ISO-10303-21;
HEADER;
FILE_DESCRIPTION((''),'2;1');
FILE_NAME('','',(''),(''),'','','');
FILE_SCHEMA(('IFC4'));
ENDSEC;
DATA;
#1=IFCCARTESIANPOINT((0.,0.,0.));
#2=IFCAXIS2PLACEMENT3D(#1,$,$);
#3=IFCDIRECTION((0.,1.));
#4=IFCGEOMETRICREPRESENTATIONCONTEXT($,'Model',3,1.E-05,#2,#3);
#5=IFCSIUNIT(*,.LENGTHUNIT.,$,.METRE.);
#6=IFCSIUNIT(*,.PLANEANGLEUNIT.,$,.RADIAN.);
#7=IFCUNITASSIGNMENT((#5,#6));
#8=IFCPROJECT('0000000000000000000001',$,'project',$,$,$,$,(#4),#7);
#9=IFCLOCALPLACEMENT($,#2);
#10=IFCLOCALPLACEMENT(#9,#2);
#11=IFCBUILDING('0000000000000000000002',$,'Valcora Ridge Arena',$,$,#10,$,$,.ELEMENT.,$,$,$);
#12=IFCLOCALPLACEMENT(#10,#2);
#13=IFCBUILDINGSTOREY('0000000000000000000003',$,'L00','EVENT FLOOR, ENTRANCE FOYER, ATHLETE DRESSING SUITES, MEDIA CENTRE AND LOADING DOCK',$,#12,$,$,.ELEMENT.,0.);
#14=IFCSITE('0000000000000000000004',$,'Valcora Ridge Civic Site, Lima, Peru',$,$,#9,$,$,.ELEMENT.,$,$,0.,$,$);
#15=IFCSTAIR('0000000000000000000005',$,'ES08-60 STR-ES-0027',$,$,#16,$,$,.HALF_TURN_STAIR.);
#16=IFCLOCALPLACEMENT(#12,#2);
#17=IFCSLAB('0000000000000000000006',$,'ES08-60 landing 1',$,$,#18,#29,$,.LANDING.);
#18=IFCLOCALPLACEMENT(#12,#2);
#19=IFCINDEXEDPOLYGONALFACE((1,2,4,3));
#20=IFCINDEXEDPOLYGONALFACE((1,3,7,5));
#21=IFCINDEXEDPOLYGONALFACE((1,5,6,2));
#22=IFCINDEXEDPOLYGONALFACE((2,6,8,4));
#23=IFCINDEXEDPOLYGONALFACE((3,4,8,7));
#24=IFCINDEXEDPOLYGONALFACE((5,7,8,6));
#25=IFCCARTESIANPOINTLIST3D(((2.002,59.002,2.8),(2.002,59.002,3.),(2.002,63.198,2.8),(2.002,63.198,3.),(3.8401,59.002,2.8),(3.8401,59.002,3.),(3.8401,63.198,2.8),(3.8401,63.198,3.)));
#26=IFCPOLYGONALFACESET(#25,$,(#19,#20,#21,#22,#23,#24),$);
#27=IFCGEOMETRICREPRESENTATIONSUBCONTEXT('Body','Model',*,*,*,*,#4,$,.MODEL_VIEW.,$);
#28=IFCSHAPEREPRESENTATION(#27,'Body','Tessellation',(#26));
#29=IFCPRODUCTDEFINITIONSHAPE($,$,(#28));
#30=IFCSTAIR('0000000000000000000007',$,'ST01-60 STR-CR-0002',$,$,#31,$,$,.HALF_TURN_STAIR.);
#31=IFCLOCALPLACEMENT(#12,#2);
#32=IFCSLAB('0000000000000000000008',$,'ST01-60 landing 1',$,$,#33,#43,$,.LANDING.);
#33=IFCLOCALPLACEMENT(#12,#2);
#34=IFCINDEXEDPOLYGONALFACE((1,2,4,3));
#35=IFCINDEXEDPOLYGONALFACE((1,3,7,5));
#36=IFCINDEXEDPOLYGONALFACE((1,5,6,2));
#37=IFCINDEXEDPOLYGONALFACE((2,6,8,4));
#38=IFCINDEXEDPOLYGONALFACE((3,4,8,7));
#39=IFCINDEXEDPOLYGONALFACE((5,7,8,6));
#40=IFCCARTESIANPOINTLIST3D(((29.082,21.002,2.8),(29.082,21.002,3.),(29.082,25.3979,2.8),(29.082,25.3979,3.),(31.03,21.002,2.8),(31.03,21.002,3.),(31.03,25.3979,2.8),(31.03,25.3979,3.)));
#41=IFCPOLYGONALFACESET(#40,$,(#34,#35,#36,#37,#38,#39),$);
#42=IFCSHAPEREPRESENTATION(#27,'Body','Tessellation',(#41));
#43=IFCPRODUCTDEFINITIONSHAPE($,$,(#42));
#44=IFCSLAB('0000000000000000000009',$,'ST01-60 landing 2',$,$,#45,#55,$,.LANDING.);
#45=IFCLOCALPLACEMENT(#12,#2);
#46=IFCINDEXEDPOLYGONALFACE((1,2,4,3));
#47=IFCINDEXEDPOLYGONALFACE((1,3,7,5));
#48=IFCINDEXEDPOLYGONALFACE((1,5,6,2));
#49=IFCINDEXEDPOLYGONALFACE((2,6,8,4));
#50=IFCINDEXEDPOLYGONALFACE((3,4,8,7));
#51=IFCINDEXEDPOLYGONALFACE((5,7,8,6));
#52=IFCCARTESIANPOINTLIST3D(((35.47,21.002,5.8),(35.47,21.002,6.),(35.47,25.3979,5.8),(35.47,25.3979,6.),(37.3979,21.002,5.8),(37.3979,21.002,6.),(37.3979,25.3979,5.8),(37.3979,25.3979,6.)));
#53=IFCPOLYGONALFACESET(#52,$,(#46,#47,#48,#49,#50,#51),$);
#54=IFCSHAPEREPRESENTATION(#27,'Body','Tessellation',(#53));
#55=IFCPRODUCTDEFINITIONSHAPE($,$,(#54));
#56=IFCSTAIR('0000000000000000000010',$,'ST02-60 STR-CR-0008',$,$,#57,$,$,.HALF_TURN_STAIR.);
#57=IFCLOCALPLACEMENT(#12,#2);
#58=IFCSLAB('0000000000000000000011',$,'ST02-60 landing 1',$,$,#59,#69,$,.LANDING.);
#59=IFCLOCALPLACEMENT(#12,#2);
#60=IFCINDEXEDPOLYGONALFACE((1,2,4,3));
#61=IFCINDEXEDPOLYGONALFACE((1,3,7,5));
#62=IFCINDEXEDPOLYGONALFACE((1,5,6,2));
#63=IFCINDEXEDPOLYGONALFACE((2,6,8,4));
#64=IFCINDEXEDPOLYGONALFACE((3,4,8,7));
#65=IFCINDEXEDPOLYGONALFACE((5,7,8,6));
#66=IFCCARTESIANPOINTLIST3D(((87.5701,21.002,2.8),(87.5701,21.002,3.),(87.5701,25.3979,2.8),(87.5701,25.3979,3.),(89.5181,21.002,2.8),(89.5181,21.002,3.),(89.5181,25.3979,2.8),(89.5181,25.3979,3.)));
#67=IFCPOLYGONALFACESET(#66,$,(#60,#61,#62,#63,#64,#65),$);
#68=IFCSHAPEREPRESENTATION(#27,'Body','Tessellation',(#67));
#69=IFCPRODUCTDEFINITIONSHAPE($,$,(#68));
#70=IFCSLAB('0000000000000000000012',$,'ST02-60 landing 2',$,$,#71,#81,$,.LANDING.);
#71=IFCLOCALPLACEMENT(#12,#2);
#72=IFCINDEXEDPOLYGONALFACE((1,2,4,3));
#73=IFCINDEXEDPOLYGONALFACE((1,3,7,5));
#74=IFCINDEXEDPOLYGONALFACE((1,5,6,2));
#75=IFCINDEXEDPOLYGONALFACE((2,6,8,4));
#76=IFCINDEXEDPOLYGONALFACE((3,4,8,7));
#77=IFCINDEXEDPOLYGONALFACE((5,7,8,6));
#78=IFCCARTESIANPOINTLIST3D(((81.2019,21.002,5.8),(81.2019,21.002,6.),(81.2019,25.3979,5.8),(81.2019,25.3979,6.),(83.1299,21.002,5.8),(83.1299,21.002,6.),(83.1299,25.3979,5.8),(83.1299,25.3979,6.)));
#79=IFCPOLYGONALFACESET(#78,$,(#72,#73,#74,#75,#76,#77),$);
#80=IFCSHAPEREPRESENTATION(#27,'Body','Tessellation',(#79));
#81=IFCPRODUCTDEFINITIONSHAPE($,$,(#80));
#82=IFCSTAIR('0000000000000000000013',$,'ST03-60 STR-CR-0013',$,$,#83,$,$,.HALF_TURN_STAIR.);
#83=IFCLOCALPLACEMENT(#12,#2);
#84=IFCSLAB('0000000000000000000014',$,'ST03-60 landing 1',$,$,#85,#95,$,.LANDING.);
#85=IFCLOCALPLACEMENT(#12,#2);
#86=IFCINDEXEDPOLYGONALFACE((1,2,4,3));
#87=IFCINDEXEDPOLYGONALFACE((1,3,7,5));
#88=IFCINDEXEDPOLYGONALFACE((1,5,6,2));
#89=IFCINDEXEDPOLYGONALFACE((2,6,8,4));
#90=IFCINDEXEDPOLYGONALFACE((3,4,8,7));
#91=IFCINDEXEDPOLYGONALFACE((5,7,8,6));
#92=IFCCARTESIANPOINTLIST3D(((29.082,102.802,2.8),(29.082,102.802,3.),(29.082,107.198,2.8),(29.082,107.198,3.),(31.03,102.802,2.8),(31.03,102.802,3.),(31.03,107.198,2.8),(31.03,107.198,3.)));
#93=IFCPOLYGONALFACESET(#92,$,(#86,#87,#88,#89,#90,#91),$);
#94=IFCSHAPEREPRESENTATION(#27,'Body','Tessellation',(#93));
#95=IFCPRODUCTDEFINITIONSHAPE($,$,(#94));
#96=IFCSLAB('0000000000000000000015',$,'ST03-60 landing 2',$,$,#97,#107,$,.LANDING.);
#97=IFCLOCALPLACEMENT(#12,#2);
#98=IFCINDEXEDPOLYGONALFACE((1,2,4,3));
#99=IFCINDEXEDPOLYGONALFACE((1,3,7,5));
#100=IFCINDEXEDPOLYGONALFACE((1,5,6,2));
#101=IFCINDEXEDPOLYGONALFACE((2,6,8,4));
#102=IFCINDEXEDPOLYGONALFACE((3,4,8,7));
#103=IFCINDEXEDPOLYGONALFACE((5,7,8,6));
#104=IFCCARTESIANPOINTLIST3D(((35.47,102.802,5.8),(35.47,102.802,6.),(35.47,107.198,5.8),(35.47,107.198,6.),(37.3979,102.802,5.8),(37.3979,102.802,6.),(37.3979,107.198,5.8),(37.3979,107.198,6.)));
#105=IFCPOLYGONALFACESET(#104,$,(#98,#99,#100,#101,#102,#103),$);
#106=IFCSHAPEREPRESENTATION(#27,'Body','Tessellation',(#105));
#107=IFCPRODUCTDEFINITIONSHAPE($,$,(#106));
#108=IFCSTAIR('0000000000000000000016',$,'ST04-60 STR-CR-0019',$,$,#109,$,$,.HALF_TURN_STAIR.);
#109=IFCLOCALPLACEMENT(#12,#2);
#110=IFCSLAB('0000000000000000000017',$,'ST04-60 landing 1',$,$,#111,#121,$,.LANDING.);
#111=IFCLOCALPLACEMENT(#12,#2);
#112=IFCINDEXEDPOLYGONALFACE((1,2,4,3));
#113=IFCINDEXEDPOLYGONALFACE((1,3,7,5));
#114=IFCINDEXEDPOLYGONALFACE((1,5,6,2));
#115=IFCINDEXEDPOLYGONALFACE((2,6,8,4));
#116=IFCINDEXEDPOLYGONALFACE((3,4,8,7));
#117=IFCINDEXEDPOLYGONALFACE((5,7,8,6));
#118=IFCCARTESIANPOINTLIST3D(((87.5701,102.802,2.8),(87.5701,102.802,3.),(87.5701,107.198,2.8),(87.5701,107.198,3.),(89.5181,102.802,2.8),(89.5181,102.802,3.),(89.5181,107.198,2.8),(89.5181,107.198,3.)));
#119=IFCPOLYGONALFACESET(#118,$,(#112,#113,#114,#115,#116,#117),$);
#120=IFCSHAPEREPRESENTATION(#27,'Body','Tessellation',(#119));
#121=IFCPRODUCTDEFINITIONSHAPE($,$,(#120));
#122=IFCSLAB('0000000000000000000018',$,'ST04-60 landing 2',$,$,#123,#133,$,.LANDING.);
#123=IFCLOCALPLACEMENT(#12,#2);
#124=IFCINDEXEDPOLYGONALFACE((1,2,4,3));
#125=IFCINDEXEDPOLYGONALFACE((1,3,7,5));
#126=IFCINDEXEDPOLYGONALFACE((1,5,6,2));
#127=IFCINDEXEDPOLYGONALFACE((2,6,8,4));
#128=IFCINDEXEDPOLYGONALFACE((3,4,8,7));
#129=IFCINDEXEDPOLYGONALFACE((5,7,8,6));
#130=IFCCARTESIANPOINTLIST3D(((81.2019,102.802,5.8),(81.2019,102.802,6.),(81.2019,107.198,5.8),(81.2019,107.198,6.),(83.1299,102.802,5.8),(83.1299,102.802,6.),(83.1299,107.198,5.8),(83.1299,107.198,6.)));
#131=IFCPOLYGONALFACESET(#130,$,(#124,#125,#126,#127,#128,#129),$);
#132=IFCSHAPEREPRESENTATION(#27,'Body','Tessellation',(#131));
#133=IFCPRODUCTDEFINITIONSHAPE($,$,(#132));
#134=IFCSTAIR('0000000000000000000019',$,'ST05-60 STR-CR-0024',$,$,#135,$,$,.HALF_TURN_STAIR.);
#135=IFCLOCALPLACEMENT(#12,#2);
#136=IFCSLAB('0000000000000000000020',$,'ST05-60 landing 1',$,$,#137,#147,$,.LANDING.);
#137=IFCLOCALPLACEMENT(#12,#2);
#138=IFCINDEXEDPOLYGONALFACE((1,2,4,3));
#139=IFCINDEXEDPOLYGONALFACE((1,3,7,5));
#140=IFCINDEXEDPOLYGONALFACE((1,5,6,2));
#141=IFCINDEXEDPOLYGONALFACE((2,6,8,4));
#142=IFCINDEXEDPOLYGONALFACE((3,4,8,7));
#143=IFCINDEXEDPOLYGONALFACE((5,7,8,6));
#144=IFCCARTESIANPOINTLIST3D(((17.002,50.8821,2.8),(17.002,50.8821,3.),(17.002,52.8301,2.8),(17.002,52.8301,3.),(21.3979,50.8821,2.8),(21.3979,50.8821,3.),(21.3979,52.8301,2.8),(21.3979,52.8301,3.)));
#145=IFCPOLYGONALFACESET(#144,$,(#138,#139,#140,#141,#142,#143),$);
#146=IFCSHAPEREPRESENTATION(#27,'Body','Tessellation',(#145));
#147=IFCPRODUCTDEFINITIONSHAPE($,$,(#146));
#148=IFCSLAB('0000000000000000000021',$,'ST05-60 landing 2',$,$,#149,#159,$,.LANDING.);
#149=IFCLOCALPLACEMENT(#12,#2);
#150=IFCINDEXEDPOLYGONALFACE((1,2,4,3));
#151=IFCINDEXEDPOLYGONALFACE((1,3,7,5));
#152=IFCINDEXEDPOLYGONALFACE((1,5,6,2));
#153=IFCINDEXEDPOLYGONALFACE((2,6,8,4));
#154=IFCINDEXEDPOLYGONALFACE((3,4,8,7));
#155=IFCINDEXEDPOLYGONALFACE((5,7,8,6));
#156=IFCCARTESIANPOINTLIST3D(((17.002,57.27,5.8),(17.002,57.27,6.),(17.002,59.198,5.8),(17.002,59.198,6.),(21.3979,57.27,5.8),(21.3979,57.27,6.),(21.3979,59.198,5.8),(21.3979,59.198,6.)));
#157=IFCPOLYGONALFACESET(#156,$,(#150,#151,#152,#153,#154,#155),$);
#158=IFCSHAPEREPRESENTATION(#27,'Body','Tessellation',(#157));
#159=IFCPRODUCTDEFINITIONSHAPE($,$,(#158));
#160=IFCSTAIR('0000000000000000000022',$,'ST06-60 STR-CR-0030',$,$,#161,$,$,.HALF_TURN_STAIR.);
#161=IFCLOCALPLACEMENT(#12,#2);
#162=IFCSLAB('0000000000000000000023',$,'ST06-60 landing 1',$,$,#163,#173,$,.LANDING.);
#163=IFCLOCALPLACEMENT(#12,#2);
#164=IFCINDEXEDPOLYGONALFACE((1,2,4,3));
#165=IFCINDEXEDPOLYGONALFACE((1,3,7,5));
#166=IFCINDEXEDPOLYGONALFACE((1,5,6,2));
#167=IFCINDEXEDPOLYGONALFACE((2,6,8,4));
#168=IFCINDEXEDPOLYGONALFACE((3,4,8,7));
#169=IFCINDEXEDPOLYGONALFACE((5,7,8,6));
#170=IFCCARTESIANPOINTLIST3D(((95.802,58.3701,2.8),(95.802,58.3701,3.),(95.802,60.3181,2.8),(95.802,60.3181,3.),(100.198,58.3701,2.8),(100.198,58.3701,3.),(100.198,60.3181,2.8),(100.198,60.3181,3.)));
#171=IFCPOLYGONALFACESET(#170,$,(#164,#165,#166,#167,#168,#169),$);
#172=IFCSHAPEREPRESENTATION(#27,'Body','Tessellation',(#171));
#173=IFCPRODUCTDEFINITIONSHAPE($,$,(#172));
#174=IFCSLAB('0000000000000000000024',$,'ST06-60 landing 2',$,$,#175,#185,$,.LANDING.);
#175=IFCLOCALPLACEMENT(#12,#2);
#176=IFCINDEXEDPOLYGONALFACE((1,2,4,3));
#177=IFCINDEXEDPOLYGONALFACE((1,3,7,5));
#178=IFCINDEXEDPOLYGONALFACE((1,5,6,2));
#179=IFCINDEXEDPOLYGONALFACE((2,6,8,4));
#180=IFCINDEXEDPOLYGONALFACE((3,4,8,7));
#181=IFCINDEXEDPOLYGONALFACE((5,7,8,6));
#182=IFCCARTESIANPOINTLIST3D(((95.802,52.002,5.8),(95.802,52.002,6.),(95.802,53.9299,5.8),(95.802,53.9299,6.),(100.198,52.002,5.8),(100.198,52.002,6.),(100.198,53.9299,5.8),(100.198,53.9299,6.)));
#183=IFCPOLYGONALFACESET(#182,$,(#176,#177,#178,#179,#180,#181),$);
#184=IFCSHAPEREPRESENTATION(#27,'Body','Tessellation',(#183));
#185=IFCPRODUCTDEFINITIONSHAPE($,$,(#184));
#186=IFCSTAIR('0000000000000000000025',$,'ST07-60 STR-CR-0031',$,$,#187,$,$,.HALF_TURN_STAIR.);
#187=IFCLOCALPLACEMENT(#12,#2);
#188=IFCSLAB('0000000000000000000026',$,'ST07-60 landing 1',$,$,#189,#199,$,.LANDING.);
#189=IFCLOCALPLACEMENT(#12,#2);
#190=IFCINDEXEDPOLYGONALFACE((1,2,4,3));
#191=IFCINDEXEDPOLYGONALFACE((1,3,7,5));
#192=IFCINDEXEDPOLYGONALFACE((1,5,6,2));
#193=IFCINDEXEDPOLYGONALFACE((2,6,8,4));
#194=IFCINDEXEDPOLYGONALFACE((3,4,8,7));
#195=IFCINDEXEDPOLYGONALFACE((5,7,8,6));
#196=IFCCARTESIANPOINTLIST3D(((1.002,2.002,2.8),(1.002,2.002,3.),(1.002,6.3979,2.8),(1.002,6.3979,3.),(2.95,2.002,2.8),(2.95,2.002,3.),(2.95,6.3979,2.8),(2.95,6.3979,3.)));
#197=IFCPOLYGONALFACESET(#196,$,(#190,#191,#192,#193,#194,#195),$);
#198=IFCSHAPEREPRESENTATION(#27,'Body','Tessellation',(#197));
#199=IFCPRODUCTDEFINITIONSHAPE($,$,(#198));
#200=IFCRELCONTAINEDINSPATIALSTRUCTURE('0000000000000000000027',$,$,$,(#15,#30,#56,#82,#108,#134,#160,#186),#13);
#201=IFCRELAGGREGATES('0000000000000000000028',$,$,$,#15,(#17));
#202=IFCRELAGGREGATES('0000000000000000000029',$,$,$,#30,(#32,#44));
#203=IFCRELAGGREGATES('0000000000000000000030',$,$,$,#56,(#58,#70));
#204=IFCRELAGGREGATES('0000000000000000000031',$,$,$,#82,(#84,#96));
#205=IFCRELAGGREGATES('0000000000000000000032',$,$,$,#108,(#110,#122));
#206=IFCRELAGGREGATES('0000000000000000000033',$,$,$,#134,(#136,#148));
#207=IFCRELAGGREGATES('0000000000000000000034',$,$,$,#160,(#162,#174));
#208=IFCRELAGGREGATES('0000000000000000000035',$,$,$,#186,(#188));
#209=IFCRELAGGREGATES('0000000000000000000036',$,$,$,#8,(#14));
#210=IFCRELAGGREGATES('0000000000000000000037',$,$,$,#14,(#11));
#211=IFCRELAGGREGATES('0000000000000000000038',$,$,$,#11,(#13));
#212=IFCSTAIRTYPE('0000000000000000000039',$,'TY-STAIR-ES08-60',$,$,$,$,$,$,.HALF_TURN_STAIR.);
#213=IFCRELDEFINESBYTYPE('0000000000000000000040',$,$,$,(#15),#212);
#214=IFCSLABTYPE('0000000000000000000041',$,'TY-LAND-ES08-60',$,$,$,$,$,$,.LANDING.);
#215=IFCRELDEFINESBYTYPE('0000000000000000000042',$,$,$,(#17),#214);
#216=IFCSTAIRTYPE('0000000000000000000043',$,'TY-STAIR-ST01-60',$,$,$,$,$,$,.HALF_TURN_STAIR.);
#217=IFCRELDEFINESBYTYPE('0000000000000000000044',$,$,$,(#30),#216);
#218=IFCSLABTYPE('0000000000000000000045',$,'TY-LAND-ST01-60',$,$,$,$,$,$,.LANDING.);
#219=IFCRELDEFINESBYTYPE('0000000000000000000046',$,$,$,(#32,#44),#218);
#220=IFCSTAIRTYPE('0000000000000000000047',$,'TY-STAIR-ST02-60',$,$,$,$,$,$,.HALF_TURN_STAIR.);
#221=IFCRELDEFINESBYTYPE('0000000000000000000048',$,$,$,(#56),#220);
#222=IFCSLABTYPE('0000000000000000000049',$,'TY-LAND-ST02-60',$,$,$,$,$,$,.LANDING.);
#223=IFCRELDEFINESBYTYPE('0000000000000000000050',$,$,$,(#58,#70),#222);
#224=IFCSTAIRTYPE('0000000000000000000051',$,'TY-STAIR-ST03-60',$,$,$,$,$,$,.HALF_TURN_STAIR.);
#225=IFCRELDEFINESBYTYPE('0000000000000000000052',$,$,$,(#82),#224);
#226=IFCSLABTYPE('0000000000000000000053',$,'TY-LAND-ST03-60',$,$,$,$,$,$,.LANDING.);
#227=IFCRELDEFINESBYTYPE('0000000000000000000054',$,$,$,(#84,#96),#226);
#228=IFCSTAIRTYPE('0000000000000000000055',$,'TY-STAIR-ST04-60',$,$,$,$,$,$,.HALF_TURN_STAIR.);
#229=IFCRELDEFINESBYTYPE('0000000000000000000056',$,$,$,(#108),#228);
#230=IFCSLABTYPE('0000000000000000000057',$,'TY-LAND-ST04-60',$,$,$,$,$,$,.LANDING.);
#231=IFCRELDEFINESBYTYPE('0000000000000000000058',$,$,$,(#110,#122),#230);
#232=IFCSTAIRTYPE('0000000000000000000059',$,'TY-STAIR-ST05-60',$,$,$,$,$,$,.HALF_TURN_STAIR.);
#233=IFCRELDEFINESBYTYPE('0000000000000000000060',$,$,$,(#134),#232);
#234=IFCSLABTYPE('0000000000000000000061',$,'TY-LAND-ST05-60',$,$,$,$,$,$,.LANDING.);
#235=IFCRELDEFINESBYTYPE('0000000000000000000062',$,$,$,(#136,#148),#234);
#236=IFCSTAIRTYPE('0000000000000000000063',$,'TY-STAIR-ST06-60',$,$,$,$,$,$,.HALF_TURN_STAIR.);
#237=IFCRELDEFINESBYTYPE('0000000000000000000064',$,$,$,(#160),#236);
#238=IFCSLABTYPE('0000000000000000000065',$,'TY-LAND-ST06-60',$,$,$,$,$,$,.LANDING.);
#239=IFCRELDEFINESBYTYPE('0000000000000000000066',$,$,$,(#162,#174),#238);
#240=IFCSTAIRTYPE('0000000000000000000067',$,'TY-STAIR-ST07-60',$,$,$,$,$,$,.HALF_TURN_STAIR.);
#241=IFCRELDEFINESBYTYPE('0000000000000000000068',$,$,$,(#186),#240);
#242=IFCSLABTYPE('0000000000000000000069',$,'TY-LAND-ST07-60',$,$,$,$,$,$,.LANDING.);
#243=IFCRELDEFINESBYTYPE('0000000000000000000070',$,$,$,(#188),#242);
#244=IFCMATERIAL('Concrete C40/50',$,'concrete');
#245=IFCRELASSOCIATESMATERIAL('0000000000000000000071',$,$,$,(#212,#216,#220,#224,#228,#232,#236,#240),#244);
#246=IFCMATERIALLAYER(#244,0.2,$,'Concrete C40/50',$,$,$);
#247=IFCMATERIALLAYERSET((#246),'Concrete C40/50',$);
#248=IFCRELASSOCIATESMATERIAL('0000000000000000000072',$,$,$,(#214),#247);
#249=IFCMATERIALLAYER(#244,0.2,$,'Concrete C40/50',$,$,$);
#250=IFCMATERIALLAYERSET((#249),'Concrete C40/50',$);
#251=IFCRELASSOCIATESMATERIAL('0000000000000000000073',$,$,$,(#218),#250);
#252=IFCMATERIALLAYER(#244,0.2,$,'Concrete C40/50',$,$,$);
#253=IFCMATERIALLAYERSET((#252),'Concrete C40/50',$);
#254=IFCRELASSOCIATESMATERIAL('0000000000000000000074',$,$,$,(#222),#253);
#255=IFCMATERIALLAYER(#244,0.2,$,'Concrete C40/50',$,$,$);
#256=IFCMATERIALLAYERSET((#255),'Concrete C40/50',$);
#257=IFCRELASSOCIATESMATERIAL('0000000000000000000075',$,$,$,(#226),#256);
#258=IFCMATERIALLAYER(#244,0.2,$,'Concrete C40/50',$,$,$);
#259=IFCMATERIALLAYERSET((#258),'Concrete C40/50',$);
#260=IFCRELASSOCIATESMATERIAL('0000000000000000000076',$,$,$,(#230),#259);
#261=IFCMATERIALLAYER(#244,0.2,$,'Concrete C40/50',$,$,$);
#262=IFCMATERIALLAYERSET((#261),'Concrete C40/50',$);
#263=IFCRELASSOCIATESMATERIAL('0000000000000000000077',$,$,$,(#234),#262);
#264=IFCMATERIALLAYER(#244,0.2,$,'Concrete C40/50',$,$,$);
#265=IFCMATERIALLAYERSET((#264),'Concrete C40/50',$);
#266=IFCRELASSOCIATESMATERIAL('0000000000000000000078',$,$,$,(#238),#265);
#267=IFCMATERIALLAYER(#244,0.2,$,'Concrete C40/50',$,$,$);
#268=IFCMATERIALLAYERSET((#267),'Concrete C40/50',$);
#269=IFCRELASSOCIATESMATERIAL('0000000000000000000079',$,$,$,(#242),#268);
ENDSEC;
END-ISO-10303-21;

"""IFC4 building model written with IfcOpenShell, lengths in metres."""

from ifc_helpers import new_model, si_unit, direction, frame, origin, place, context, subcontext, project, spatial, polyline, outline, extrude, material, layer, layer_set, type_object, element, aggregate, save


model = new_model("IFC4")

# Units and contexts
model_context = context("Model", 3, precision=1e-05, world=origin(), true_north=direction((0.0, 1.0)))
body_context = subcontext(model_context, "Body", "Model", "MODEL_VIEW")
ifc_project = project(units=[si_unit("LENGTHUNIT", "METRE"), si_unit("PLANEANGLEUNIT", "RADIAN")], contexts=[model_context])

# Site, building, storey
site_placement = place(None, origin())
site = spatial("IfcSite", under=ifc_project, at=site_placement, Name="Valcora Ridge Civic Site, Lima, Peru", CompositionType="ELEMENT", RefElevation=0.0)
building_placement = place(site_placement, origin())
building = spatial("IfcBuilding", under=site, at=building_placement, Name="Valcora Ridge Arena", CompositionType="ELEMENT")
storey_placement = place(building_placement, origin())
storey = spatial("IfcBuildingStorey", under=building, at=storey_placement, Name="L00", Description="EVENT FLOOR, ENTRANCE FOYER, ATHLETE DRESSING SUITES, MEDIA CENTRE AND LOADING DOCK", CompositionType="ELEMENT", Elevation=0.0)

# Shared definitions
ifc_material = material(Name="Concrete C40/50", Category="concrete")

# Stair, slab
stair_type_1 = type_object("IfcStairType", Name="TY-STAIR-ES08-60", PredefinedType="HALF_TURN_STAIR", material=ifc_material)
stair_1_placement = place(storey_placement, origin())
stair_1 = element("IfcStair", 1, at=stair_1_placement, inside=storey, type_object=stair_type_1, Name="ES08-60 STR-ES-0027", PredefinedType="HALF_TURN_STAIR")
ifc_layer_1 = layer(ifc_material, 0.2, Name="Concrete C40/50")
ifc_layer_set_1 = layer_set([ifc_layer_1], Name="Concrete C40/50")
slab_type_1 = type_object("IfcSlabType", Name="TY-LAND-ES08-60", PredefinedType="LANDING", material=ifc_layer_set_1)
slab_1_placement = place(storey_placement, frame((0.0, 0.0, 2.8)))
slab_1 = element("IfcSlab", 2, at=slab_1_placement, type_object=slab_type_1, Name="ES08-60 landing 1", PredefinedType="LANDING", context=body_context, shape_type="SweptSolid", body=[
    extrude(outline(polyline([(2.002, 59.002), (3.8401, 59.002), (3.8401, 63.198), (2.002, 63.198), (2.002, 59.002)])), origin(), (0.0, 0.0, 1.0), 0.2),
])
aggregate(stair_1, [slab_1])

# Stairs, slabs
stair_type_2 = type_object("IfcStairType", Name="TY-STAIR-ST01-60", PredefinedType="HALF_TURN_STAIR", material=ifc_material)
stair_2_placement = place(storey_placement, origin())
stair_2 = element("IfcStair", 3, at=stair_2_placement, inside=storey, type_object=stair_type_2, Name="ST01-60 STR-CR-0002", PredefinedType="HALF_TURN_STAIR")
ifc_layer_2 = layer(ifc_material, 0.2, Name="Concrete C40/50")
ifc_layer_set_2 = layer_set([ifc_layer_2], Name="Concrete C40/50")
slab_type_2 = type_object("IfcSlabType", Name="TY-LAND-ST01-60", PredefinedType="LANDING", material=ifc_layer_set_2)
slab_2_placement = place(storey_placement, frame((0.0, 0.0, 2.8)))
slab_2 = element("IfcSlab", 4, at=slab_2_placement, type_object=slab_type_2, Name="ST01-60 landing 1", PredefinedType="LANDING", context=body_context, shape_type="SweptSolid", body=[
    extrude(outline(polyline([(29.082, 21.002), (31.03, 21.002), (31.03, 25.3979), (29.082, 25.3979), (29.082, 21.002)])), origin(), (0.0, 0.0, 1.0), 0.2),
])
slab_3_placement = place(storey_placement, frame((0.0, 0.0, 5.8)))
slab_3 = element("IfcSlab", 5, at=slab_3_placement, type_object=slab_type_2, Name="ST01-60 landing 2", PredefinedType="LANDING", context=body_context, shape_type="SweptSolid", body=[
    extrude(outline(polyline([(35.47, 21.002), (37.3979, 21.002), (37.3979, 25.3979), (35.47, 25.3979), (35.47, 21.002)])), origin(), (0.0, 0.0, 1.0), 0.2),
])
aggregate(stair_2, [slab_2, slab_3])
stair_type_3 = type_object("IfcStairType", Name="TY-STAIR-ST02-60", PredefinedType="HALF_TURN_STAIR", material=ifc_material)
stair_3_placement = place(storey_placement, origin())
stair_3 = element("IfcStair", 6, at=stair_3_placement, inside=storey, type_object=stair_type_3, Name="ST02-60 STR-CR-0008", PredefinedType="HALF_TURN_STAIR")
ifc_layer_3 = layer(ifc_material, 0.2, Name="Concrete C40/50")
ifc_layer_set_3 = layer_set([ifc_layer_3], Name="Concrete C40/50")
slab_type_3 = type_object("IfcSlabType", Name="TY-LAND-ST02-60", PredefinedType="LANDING", material=ifc_layer_set_3)
slab_4_placement = place(storey_placement, frame((0.0, 0.0, 2.8)))
slab_4 = element("IfcSlab", 7, at=slab_4_placement, type_object=slab_type_3, Name="ST02-60 landing 1", PredefinedType="LANDING", context=body_context, shape_type="SweptSolid", body=[
    extrude(outline(polyline([(87.5701, 21.002), (89.5181, 21.002), (89.5181, 25.3979), (87.5701, 25.3979), (87.5701, 21.002)])), origin(), (0.0, 0.0, 1.0), 0.2),
])
slab_5_placement = place(storey_placement, frame((0.0, 0.0, 5.8)))
slab_5 = element("IfcSlab", 8, at=slab_5_placement, type_object=slab_type_3, Name="ST02-60 landing 2", PredefinedType="LANDING", context=body_context, shape_type="SweptSolid", body=[
    extrude(outline(polyline([(81.2019, 21.002), (83.1299, 21.002), (83.1299, 25.3979), (81.2019, 25.3979), (81.2019, 21.002)])), origin(), (0.0, 0.0, 1.0), 0.2),
])
aggregate(stair_3, [slab_4, slab_5])
stair_type_4 = type_object("IfcStairType", Name="TY-STAIR-ST03-60", PredefinedType="HALF_TURN_STAIR", material=ifc_material)
stair_4_placement = place(storey_placement, origin())
stair_4 = element("IfcStair", 9, at=stair_4_placement, inside=storey, type_object=stair_type_4, Name="ST03-60 STR-CR-0013", PredefinedType="HALF_TURN_STAIR")
ifc_layer_4 = layer(ifc_material, 0.2, Name="Concrete C40/50")
ifc_layer_set_4 = layer_set([ifc_layer_4], Name="Concrete C40/50")
slab_type_4 = type_object("IfcSlabType", Name="TY-LAND-ST03-60", PredefinedType="LANDING", material=ifc_layer_set_4)
slab_6_placement = place(storey_placement, frame((0.0, 0.0, 2.8)))
slab_6 = element("IfcSlab", 10, at=slab_6_placement, type_object=slab_type_4, Name="ST03-60 landing 1", PredefinedType="LANDING", context=body_context, shape_type="SweptSolid", body=[
    extrude(outline(polyline([(29.082, 102.802), (31.03, 102.802), (31.03, 107.198), (29.082, 107.198), (29.082, 102.802)])), origin(), (0.0, 0.0, 1.0), 0.2),
])
slab_7_placement = place(storey_placement, frame((0.0, 0.0, 5.8)))
slab_7 = element("IfcSlab", 11, at=slab_7_placement, type_object=slab_type_4, Name="ST03-60 landing 2", PredefinedType="LANDING", context=body_context, shape_type="SweptSolid", body=[
    extrude(outline(polyline([(35.47, 102.802), (37.3979, 102.802), (37.3979, 107.198), (35.47, 107.198), (35.47, 102.802)])), origin(), (0.0, 0.0, 1.0), 0.2),
])
aggregate(stair_4, [slab_6, slab_7])
stair_type_5 = type_object("IfcStairType", Name="TY-STAIR-ST04-60", PredefinedType="HALF_TURN_STAIR", material=ifc_material)
stair_5_placement = place(storey_placement, origin())
stair_5 = element("IfcStair", 12, at=stair_5_placement, inside=storey, type_object=stair_type_5, Name="ST04-60 STR-CR-0019", PredefinedType="HALF_TURN_STAIR")
ifc_layer_5 = layer(ifc_material, 0.2, Name="Concrete C40/50")
ifc_layer_set_5 = layer_set([ifc_layer_5], Name="Concrete C40/50")
slab_type_5 = type_object("IfcSlabType", Name="TY-LAND-ST04-60", PredefinedType="LANDING", material=ifc_layer_set_5)
slab_8_placement = place(storey_placement, frame((0.0, 0.0, 2.8)))
slab_8 = element("IfcSlab", 13, at=slab_8_placement, type_object=slab_type_5, Name="ST04-60 landing 1", PredefinedType="LANDING", context=body_context, shape_type="SweptSolid", body=[
    extrude(outline(polyline([(87.5701, 102.802), (89.5181, 102.802), (89.5181, 107.198), (87.5701, 107.198), (87.5701, 102.802)])), origin(), (0.0, 0.0, 1.0), 0.2),
])
slab_9_placement = place(storey_placement, frame((0.0, 0.0, 5.8)))
slab_9 = element("IfcSlab", 14, at=slab_9_placement, type_object=slab_type_5, Name="ST04-60 landing 2", PredefinedType="LANDING", context=body_context, shape_type="SweptSolid", body=[
    extrude(outline(polyline([(81.2019, 102.802), (83.1299, 102.802), (83.1299, 107.198), (81.2019, 107.198), (81.2019, 102.802)])), origin(), (0.0, 0.0, 1.0), 0.2),
])
aggregate(stair_5, [slab_8, slab_9])
stair_type_6 = type_object("IfcStairType", Name="TY-STAIR-ST05-60", PredefinedType="HALF_TURN_STAIR", material=ifc_material)
stair_6_placement = place(storey_placement, origin())
stair_6 = element("IfcStair", 15, at=stair_6_placement, inside=storey, type_object=stair_type_6, Name="ST05-60 STR-CR-0024", PredefinedType="HALF_TURN_STAIR")
ifc_layer_6 = layer(ifc_material, 0.2, Name="Concrete C40/50")
ifc_layer_set_6 = layer_set([ifc_layer_6], Name="Concrete C40/50")
slab_type_6 = type_object("IfcSlabType", Name="TY-LAND-ST05-60", PredefinedType="LANDING", material=ifc_layer_set_6)
slab_10_placement = place(storey_placement, frame((0.0, 0.0, 2.8)))
slab_10 = element("IfcSlab", 16, at=slab_10_placement, type_object=slab_type_6, Name="ST05-60 landing 1", PredefinedType="LANDING", context=body_context, shape_type="SweptSolid", body=[
    extrude(outline(polyline([(17.002, 50.8821), (21.3979, 50.8821), (21.3979, 52.8301), (17.002, 52.8301), (17.002, 50.8821)])), origin(), (0.0, 0.0, 1.0), 0.2),
])
slab_11_placement = place(storey_placement, frame((0.0, 0.0, 5.8)))
slab_11 = element("IfcSlab", 17, at=slab_11_placement, type_object=slab_type_6, Name="ST05-60 landing 2", PredefinedType="LANDING", context=body_context, shape_type="SweptSolid", body=[
    extrude(outline(polyline([(17.002, 57.27), (21.3979, 57.27), (21.3979, 59.198), (17.002, 59.198), (17.002, 57.27)])), origin(), (0.0, 0.0, 1.0), 0.2),
])
aggregate(stair_6, [slab_10, slab_11])
stair_type_7 = type_object("IfcStairType", Name="TY-STAIR-ST06-60", PredefinedType="HALF_TURN_STAIR", material=ifc_material)
stair_7_placement = place(storey_placement, origin())
stair_7 = element("IfcStair", 18, at=stair_7_placement, inside=storey, type_object=stair_type_7, Name="ST06-60 STR-CR-0030", PredefinedType="HALF_TURN_STAIR")
ifc_layer_7 = layer(ifc_material, 0.2, Name="Concrete C40/50")
ifc_layer_set_7 = layer_set([ifc_layer_7], Name="Concrete C40/50")
slab_type_7 = type_object("IfcSlabType", Name="TY-LAND-ST06-60", PredefinedType="LANDING", material=ifc_layer_set_7)
slab_12_placement = place(storey_placement, frame((0.0, 0.0, 2.8)))
slab_12 = element("IfcSlab", 19, at=slab_12_placement, type_object=slab_type_7, Name="ST06-60 landing 1", PredefinedType="LANDING", context=body_context, shape_type="SweptSolid", body=[
    extrude(outline(polyline([(95.802, 58.3701), (100.198, 58.3701), (100.198, 60.3181), (95.802, 60.3181), (95.802, 58.3701)])), origin(), (0.0, 0.0, 1.0), 0.2),
])
slab_13_placement = place(storey_placement, frame((0.0, 0.0, 5.8)))
slab_13 = element("IfcSlab", 20, at=slab_13_placement, type_object=slab_type_7, Name="ST06-60 landing 2", PredefinedType="LANDING", context=body_context, shape_type="SweptSolid", body=[
    extrude(outline(polyline([(95.802, 52.002), (100.198, 52.002), (100.198, 53.9299), (95.802, 53.9299), (95.802, 52.002)])), origin(), (0.0, 0.0, 1.0), 0.2),
])
aggregate(stair_7, [slab_12, slab_13])
stair_type_8 = type_object("IfcStairType", Name="TY-STAIR-ST07-60", PredefinedType="HALF_TURN_STAIR", material=ifc_material)
stair_8_placement = place(storey_placement, origin())
stair_8 = element("IfcStair", 21, at=stair_8_placement, inside=storey, type_object=stair_type_8, Name="ST07-60 STR-CR-0031", PredefinedType="HALF_TURN_STAIR")
ifc_layer_8 = layer(ifc_material, 0.2, Name="Concrete C40/50")
ifc_layer_set_8 = layer_set([ifc_layer_8], Name="Concrete C40/50")
slab_type_8 = type_object("IfcSlabType", Name="TY-LAND-ST07-60", PredefinedType="LANDING", material=ifc_layer_set_8)
slab_14_placement = place(storey_placement, frame((0.0, 0.0, 2.8)))
slab_14 = element("IfcSlab", 22, at=slab_14_placement, type_object=slab_type_8, Name="ST07-60 landing 1", PredefinedType="LANDING", context=body_context, shape_type="SweptSolid", body=[
    extrude(outline(polyline([(1.002, 2.002), (2.95, 2.002), (2.95, 6.3979), (1.002, 6.3979), (1.002, 2.002)])), origin(), (0.0, 0.0, 1.0), 0.2),
])
aggregate(stair_8, [slab_14])

save(model, "model.ifc")
